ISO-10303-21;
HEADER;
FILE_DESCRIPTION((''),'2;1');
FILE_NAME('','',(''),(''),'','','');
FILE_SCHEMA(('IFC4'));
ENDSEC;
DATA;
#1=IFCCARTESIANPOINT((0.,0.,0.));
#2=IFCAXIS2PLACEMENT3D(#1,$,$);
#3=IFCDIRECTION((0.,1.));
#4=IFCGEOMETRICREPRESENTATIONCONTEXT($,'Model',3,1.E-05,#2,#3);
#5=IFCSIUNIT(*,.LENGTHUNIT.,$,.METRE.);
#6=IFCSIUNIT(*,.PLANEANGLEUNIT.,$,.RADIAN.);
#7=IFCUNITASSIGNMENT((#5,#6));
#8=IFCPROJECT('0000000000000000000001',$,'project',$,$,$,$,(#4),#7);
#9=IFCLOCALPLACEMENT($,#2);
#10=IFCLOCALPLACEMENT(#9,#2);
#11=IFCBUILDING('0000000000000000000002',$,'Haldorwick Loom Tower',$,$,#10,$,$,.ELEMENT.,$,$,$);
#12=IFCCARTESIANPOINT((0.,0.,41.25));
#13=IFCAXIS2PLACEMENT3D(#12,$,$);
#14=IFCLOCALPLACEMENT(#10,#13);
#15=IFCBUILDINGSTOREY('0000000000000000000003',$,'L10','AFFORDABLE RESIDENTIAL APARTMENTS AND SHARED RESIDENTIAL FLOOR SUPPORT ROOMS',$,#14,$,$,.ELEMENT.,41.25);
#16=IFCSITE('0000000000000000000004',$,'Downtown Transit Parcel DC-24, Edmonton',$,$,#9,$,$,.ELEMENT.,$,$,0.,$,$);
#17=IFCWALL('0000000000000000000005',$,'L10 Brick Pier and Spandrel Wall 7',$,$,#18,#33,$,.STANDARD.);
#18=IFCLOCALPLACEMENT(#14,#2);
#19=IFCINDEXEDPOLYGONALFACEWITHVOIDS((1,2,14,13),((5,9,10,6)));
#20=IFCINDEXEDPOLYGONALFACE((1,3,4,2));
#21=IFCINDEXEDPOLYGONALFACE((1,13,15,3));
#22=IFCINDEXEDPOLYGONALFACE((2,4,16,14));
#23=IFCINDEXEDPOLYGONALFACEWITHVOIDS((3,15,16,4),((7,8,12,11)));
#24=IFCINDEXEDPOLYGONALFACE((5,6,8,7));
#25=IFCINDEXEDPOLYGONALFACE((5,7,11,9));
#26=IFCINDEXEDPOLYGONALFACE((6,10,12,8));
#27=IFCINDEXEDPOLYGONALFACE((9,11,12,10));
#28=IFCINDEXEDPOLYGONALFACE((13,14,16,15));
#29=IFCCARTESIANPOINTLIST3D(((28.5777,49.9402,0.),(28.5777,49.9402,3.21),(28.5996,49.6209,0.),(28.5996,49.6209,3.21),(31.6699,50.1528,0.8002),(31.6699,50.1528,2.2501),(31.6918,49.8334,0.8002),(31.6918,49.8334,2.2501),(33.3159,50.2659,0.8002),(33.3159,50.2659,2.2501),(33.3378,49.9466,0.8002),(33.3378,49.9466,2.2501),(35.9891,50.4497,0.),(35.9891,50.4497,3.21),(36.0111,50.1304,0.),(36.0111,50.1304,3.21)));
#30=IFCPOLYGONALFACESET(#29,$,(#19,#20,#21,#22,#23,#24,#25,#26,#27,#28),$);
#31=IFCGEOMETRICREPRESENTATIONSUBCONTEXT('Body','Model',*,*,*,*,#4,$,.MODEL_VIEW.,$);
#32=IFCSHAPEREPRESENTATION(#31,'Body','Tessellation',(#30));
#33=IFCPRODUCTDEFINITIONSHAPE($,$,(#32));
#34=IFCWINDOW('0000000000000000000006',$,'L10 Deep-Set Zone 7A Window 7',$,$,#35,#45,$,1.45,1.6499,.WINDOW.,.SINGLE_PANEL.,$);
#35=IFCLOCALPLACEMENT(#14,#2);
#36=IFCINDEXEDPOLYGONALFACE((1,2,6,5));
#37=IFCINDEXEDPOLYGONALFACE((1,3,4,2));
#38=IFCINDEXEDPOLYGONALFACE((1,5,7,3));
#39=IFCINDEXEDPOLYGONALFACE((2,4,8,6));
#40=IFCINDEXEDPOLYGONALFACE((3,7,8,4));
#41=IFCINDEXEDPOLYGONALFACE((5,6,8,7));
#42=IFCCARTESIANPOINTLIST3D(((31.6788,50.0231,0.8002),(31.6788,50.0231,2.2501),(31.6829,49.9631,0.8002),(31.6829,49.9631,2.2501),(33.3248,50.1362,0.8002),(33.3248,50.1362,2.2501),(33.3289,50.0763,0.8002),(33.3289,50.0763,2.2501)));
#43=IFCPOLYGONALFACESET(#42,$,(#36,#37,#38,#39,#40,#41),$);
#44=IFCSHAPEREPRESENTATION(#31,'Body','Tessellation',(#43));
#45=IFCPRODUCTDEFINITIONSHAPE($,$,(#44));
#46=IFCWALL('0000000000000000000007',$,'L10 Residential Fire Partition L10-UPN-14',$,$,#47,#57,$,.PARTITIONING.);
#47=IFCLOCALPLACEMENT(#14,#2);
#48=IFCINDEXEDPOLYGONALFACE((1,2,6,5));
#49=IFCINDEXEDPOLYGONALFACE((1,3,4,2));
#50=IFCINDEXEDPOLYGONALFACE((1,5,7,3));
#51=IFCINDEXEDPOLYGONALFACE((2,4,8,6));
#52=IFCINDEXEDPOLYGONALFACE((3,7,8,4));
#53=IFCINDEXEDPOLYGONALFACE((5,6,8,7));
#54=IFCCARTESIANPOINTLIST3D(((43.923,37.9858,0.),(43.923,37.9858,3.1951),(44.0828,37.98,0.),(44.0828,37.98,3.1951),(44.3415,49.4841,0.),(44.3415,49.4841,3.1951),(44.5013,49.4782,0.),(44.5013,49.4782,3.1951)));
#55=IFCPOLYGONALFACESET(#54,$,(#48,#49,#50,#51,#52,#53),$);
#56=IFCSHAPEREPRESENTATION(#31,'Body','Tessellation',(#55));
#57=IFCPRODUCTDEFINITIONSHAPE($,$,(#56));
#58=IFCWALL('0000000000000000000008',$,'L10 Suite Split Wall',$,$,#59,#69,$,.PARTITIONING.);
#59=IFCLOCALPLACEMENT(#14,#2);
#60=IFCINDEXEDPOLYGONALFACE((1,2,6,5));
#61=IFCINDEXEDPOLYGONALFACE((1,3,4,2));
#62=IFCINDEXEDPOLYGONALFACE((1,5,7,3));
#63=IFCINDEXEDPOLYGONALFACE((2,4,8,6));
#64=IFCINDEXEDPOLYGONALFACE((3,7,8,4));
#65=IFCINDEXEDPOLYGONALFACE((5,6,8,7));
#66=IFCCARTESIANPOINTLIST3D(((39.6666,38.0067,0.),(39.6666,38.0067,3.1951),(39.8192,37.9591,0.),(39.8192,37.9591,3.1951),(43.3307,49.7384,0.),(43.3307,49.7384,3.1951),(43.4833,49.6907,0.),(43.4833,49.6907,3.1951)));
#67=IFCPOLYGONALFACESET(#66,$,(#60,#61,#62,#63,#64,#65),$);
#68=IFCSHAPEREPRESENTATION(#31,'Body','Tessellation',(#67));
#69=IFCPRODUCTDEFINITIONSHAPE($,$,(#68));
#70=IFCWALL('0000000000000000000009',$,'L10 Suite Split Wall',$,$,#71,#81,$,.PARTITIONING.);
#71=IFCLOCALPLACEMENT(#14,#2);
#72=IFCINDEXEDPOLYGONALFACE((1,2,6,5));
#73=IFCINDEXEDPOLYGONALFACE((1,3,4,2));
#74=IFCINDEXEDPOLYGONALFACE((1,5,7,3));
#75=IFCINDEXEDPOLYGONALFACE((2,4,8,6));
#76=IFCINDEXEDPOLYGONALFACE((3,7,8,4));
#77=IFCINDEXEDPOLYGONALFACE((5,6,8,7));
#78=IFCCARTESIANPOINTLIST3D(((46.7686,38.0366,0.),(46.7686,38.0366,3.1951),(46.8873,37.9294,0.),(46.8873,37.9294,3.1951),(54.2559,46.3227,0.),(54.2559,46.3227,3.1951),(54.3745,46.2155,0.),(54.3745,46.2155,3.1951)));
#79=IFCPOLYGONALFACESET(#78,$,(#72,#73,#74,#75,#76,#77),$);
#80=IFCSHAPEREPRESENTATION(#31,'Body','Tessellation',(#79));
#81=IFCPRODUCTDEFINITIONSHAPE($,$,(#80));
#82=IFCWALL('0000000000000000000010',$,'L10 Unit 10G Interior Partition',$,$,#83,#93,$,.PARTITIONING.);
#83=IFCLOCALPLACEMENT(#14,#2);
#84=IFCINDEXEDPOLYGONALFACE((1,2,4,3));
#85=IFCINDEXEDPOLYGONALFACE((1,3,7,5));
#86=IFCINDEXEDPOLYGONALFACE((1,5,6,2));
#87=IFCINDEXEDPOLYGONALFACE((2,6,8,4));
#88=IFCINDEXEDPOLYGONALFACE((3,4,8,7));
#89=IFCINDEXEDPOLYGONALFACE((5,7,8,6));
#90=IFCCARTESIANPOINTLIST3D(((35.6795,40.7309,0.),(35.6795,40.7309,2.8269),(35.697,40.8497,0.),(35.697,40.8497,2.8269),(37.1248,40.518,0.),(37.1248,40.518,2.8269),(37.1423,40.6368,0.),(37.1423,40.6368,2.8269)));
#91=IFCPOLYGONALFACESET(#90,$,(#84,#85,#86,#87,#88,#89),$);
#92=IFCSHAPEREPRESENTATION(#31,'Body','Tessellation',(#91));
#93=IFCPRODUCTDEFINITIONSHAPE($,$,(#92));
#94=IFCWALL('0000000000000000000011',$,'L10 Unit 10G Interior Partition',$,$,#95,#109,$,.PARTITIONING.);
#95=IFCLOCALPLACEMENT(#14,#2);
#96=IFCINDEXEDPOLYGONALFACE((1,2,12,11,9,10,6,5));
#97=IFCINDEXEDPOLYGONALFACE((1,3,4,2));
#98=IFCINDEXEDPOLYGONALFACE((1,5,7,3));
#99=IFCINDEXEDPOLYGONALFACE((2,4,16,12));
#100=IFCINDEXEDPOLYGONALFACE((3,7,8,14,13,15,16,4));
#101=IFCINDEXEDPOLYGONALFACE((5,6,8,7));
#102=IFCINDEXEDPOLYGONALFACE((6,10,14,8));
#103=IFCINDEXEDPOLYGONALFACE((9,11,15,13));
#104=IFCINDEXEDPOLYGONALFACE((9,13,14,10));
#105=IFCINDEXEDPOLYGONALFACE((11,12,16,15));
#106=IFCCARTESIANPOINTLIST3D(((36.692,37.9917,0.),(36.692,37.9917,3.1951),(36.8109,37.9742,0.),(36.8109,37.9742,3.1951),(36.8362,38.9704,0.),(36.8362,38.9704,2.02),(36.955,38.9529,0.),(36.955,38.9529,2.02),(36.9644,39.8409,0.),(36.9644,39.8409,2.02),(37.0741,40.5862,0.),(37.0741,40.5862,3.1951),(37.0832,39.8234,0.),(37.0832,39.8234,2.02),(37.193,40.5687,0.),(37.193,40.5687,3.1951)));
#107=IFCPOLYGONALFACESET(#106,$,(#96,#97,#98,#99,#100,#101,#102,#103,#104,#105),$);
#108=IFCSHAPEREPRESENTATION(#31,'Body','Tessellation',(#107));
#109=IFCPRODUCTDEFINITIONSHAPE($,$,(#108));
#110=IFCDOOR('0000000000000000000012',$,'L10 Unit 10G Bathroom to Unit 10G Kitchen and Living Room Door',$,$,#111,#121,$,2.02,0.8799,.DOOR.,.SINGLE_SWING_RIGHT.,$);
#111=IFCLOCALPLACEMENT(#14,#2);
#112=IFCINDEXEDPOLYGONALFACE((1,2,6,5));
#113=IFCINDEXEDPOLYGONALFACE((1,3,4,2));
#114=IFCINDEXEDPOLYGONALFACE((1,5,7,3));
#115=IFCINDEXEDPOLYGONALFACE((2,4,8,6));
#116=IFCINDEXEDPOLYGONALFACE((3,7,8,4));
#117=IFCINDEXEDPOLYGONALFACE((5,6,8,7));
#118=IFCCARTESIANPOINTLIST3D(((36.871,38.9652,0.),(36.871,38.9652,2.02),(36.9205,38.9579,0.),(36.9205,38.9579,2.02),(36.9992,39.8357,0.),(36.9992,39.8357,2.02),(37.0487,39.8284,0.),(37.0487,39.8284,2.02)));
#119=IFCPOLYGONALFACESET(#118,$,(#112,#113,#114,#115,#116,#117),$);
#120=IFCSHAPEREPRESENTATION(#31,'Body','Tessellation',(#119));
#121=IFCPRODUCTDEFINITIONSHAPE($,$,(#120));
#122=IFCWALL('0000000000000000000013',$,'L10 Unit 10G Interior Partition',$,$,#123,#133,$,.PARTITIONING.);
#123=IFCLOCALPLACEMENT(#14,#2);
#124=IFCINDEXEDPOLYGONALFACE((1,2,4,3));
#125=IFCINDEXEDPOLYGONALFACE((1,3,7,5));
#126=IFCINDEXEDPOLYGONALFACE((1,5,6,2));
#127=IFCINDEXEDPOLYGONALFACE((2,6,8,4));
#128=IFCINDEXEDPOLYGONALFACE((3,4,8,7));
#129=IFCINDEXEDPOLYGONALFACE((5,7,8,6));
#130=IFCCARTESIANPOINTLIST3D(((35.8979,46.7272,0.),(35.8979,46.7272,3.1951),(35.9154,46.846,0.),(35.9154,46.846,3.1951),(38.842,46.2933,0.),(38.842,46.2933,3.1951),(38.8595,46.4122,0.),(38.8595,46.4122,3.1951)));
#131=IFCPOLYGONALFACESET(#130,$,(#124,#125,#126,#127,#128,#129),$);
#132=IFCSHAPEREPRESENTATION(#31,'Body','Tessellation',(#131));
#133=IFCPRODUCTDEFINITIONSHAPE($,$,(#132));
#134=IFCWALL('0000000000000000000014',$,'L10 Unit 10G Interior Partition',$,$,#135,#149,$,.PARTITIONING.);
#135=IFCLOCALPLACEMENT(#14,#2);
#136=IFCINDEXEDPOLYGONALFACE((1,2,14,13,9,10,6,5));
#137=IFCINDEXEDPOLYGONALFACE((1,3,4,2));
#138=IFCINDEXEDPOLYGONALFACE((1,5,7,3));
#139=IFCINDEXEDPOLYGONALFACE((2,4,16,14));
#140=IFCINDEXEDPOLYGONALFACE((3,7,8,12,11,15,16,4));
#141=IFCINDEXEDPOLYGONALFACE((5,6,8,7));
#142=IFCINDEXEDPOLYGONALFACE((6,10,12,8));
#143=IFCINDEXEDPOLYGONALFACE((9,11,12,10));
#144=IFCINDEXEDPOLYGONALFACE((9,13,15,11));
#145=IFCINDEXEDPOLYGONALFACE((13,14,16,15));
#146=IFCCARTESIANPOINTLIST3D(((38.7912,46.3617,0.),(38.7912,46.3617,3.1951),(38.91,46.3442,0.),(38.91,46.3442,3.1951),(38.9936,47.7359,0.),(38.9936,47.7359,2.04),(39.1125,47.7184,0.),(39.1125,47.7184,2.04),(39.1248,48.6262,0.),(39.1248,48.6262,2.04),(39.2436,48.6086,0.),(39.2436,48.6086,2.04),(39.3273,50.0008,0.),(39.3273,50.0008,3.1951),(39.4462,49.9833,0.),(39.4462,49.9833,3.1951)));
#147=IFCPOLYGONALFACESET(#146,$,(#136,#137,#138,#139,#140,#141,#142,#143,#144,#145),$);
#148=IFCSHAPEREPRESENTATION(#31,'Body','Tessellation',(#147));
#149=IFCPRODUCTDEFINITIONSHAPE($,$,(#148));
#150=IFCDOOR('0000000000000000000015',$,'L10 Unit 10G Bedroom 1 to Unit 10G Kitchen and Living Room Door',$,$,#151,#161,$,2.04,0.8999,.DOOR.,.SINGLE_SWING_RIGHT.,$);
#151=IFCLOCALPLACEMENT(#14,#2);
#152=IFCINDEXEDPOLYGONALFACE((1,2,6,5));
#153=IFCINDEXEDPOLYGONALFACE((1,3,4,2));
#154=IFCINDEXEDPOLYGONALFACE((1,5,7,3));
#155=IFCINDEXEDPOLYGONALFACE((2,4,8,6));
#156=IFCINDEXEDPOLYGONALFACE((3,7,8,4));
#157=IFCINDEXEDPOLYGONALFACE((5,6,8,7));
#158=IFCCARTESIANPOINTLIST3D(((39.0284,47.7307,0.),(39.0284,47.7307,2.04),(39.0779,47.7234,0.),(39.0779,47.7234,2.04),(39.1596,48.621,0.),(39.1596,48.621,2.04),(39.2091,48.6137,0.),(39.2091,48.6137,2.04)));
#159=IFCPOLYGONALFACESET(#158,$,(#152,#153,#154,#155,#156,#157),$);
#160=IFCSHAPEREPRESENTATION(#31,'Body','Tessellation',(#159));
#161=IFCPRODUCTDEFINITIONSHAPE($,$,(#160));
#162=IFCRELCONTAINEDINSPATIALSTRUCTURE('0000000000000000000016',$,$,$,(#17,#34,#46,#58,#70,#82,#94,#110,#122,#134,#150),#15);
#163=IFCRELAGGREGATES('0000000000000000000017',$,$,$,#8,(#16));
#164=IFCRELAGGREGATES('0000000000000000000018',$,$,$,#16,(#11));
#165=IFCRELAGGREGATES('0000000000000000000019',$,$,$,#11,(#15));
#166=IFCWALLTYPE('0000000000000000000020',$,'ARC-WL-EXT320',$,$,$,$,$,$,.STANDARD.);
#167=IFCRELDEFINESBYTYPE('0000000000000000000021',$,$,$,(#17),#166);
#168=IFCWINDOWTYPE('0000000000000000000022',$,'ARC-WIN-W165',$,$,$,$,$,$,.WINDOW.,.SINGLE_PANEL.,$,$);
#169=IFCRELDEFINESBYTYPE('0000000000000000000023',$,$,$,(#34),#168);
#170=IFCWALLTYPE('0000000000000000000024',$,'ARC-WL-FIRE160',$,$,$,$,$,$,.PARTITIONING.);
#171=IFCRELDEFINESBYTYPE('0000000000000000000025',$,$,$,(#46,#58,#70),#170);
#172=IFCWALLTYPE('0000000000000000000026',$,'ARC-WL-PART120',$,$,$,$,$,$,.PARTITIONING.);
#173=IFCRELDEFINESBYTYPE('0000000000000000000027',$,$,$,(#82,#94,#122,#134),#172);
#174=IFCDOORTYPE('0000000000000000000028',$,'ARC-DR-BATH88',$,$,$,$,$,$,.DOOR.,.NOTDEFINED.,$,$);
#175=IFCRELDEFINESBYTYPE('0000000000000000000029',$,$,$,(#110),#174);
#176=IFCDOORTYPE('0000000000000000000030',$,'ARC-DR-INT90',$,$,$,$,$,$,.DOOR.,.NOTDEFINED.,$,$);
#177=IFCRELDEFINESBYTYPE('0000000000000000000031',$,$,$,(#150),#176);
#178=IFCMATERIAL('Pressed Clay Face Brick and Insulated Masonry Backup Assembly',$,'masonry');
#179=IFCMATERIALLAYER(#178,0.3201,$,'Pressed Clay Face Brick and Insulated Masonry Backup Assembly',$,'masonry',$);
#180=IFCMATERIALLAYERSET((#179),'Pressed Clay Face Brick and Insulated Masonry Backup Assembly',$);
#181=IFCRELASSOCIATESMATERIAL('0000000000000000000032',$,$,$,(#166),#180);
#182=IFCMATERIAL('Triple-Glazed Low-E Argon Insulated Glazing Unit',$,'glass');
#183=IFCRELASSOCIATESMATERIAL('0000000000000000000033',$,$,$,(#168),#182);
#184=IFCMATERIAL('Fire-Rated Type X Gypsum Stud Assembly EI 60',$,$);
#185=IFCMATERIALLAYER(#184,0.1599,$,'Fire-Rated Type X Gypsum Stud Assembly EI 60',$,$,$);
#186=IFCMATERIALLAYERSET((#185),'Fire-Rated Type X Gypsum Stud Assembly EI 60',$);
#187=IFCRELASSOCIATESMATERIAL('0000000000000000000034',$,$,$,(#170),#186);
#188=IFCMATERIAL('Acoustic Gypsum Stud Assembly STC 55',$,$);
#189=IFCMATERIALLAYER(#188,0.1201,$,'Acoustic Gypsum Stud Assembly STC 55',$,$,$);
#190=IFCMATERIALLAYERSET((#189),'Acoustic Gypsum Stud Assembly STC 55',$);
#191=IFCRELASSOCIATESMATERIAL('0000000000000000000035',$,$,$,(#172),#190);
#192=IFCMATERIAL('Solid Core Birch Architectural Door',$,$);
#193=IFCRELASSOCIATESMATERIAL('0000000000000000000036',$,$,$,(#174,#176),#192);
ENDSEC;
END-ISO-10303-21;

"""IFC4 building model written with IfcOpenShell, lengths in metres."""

from ifc_helpers import new_model, si_unit, direction, frame, frame_2d, origin, place, context, subcontext, project, spatial, rectangle, extrude, material, layer, layer_set, type_object, element, fill, save


model = new_model("IFC4")

# Units and contexts
model_context = context("Model", 3, precision=1e-05, world=origin(), true_north=direction((0.0, 1.0)))
body_context = subcontext(model_context, "Body", "Model", "MODEL_VIEW")
ifc_project = project(units=[si_unit("LENGTHUNIT", "METRE"), si_unit("PLANEANGLEUNIT", "RADIAN")], contexts=[model_context])

# Site, building, storey
site_placement = place(None, origin())
site = spatial("IfcSite", under=ifc_project, at=site_placement, Name="Downtown Transit Parcel DC-24, Edmonton", CompositionType="ELEMENT", RefElevation=0.0)
building_placement = place(site_placement, origin())
building = spatial("IfcBuilding", under=site, at=building_placement, Name="Haldorwick Loom Tower", CompositionType="ELEMENT")
storey_placement = place(building_placement, frame((0.0, 0.0, 41.25)))
storey = spatial("IfcBuildingStorey", under=building, at=storey_placement, Name="L10", Description="AFFORDABLE RESIDENTIAL APARTMENTS AND SHARED RESIDENTIAL FLOOR SUPPORT ROOMS", CompositionType="ELEMENT", Elevation=41.25)

# Wall, opening, window
ifc_material_1 = material(Name="Pressed Clay Face Brick and Insulated Masonry Backup Assembly", Category="masonry")
ifc_layer_1 = layer(ifc_material_1, 0.3201, Name="Pressed Clay Face Brick and Insulated Masonry Backup Assembly", Category="masonry")
ifc_layer_set_1 = layer_set([ifc_layer_1], Name="Pressed Clay Face Brick and Insulated Masonry Backup Assembly")
wall_type_1 = type_object("IfcWallType", Name="ARC-WL-EXT320", PredefinedType="STANDARD", material=ifc_layer_set_1)
ifc_material_2 = material(Name="Triple-Glazed Low-E Argon Insulated Glazing Unit", Category="glass")
window_type = type_object("IfcWindowType", Name="ARC-WIN-W165", PartitioningType="SINGLE_PANEL", PredefinedType="WINDOW", material=ifc_material_2)
wall_1_placement = place(storey_placement, frame((36.0, 50.29, 0.0), z_axis=(0.0, 0.0, 1.0), x_axis=(-0.997645, -0.068587, 0.0)))
wall_1 = element("IfcWall", 1, at=wall_1_placement, inside=storey, type_object=wall_type_1, Name="L10 Brick Pier and Spandrel Wall 7", PredefinedType="STANDARD", context=body_context, shape_type="SweptSolid", body=[
    extrude(rectangle(XDim=7.429, YDim=0.3201, at=frame_2d((3.7144, 0.0))), origin(), (0.0, 0.0, 1.0), 3.21),
])
opening_1_placement = place(wall_1_placement, frame((2.6794, 0.0, 0.8)))
opening_1 = element("IfcOpeningElement", 2, at=opening_1_placement, cuts=wall_1, PredefinedType="OPENING", context=body_context, shape_type="SweptSolid", body=[
    extrude(rectangle(XDim=1.6499, YDim=1.45, at=frame_2d((0.825, 0.7251))), frame((0.0, 0.1699, 0.0), z_axis=(0.0, -1.0, 0.0), x_axis=(1.0, 0.0, 0.0)), (0.0, 0.0, 1.0), 0.3401),
])
window_1_placement = place(opening_1_placement, origin())
window_1 = element("IfcWindow", 3, at=window_1_placement, inside=storey, type_object=window_type, Name="L10 Deep-Set Zone 7A Window 7", OverallHeight=1.45, OverallWidth=1.6499, PartitioningType="SINGLE_PANEL", PredefinedType="WINDOW", context=body_context, shape_type="SweptSolid", body=[
    extrude(rectangle(XDim=1.6499, YDim=1.45, at=frame_2d((0.825, 0.7251))), frame((0.0, 0.03, 0.0), z_axis=(0.0, -1.0, 0.0), x_axis=(1.0, 0.0, 0.0)), (0.0, 0.0, 1.0), 0.0601),
])
fill(opening_1, window_1)

# Walls
ifc_material_3 = material(Name="Fire-Rated Type X Gypsum Stud Assembly EI 60")
ifc_layer_2 = layer(ifc_material_3, 0.1599, Name="Fire-Rated Type X Gypsum Stud Assembly EI 60")
ifc_layer_set_2 = layer_set([ifc_layer_2], Name="Fire-Rated Type X Gypsum Stud Assembly EI 60")
wall_type_2 = type_object("IfcWallType", Name="ARC-WL-FIRE160", PredefinedType="PARTITIONING", material=ifc_layer_set_2)
wall_2_placement = place(storey_placement, frame((44.0029, 37.9829, 0.0), z_axis=(0.0, 0.0, 1.0), x_axis=(0.036369, 0.999338, 0.0)))
element("IfcWall", 4, at=wall_2_placement, inside=storey, type_object=wall_type_2, Name="L10 Residential Fire Partition L10-UPN-14", PredefinedType="PARTITIONING", context=body_context, shape_type="SweptSolid", body=[
    extrude(rectangle(XDim=11.5059, YDim=0.1599, at=frame_2d((5.7529, 0.0))), origin(), (0.0, 0.0, 1.0), 3.1951),
])
wall_3_placement = place(storey_placement, frame((39.7429, 37.9829, 0.0), z_axis=(0.0, 0.0, 1.0), x_axis=(0.29812, 0.954528, 0.0)))
element("IfcWall", 5, at=wall_3_placement, inside=storey, type_object=wall_type_2, Name="L10 Suite Split Wall", PredefinedType="PARTITIONING", context=body_context, shape_type="SweptSolid", body=[
    extrude(rectangle(XDim=12.2905, YDim=0.1599, at=frame_2d((6.1453, 0.0))), origin(), (0.0, 0.0, 1.0), 3.1951),
])
wall_4_placement = place(storey_placement, frame((46.8279, 37.9829, 0.0), z_axis=(0.0, 0.0, 1.0), x_axis=(0.670437, 0.741967, 0.0)))
element("IfcWall", 6, at=wall_4_placement, inside=storey, type_object=wall_type_2, Name="L10 Suite Split Wall", PredefinedType="PARTITIONING", context=body_context, shape_type="SweptSolid", body=[
    extrude(rectangle(XDim=11.1677, YDim=0.1599, at=frame_2d((5.584, 0.0))), origin(), (0.0, 0.0, 1.0), 3.1951),
])
ifc_material_4 = material(Name="Acoustic Gypsum Stud Assembly STC 55")
ifc_layer_3 = layer(ifc_material_4, 0.1201, Name="Acoustic Gypsum Stud Assembly STC 55")
ifc_layer_set_3 = layer_set([ifc_layer_3], Name="Acoustic Gypsum Stud Assembly STC 55")
wall_type_3 = type_object("IfcWallType", Name="ARC-WL-PART120", PredefinedType="PARTITIONING", material=ifc_layer_set_3)
wall_5_placement = place(storey_placement, frame((37.1335, 40.5774, 0.0), z_axis=(0.0, 0.0, 1.0), x_axis=(-0.989325, 0.145725, 0.0)))
element("IfcWall", 7, at=wall_5_placement, inside=storey, type_object=wall_type_3, Name="L10 Unit 10G Interior Partition", PredefinedType="PARTITIONING", context=body_context, shape_type="SweptSolid", body=[
    extrude(rectangle(XDim=1.4609, YDim=0.1201, at=frame_2d((0.7305, 0.0))), origin(), (0.0, 0.0, 1.0), 2.8269),
])

# Wall, opening, door
wall_6_placement = place(storey_placement, frame((36.7515, 37.9829, 0.0), z_axis=(0.0, 0.0, 1.0), x_axis=(0.145695, 0.98933, 0.0)))
wall_6 = element("IfcWall", 8, at=wall_6_placement, inside=storey, type_object=wall_type_3, Name="L10 Unit 10G Interior Partition", PredefinedType="PARTITIONING", context=body_context, shape_type="SweptSolid", body=[
    extrude(rectangle(XDim=2.6226, YDim=0.1201, at=frame_2d((1.3113, 0.0))), origin(), (0.0, 0.0, 1.0), 3.1951),
])
opening_2_placement = place(wall_6_placement, frame((0.9893, 0.0, 0.0)))
opening_2 = element("IfcOpeningElement", 9, at=opening_2_placement, cuts=wall_6, PredefinedType="OPENING", context=body_context, shape_type="SweptSolid", body=[
    extrude(rectangle(XDim=0.8799, YDim=2.02, at=frame_2d((0.4399, 1.01))), frame((0.0, 0.0701, 0.0), z_axis=(0.0, -1.0, 0.0), x_axis=(1.0, 0.0, 0.0)), (0.0, 0.0, 1.0), 0.1401),
])
ifc_material_5 = material(Name="Solid Core Birch Architectural Door")
door_type_1 = type_object("IfcDoorType", Name="ARC-DR-BATH88", OperationType="NOTDEFINED", PredefinedType="DOOR", material=ifc_material_5)
door_1_placement = place(opening_2_placement, origin())
door_1 = element("IfcDoor", 10, at=door_1_placement, inside=storey, type_object=door_type_1, Name="L10 Unit 10G Bathroom to Unit 10G Kitchen and Living Room Door", OperationType="SINGLE_SWING_RIGHT", OverallHeight=2.02, OverallWidth=0.8799, PredefinedType="DOOR", context=body_context, shape_type="SweptSolid", body=[
    extrude(rectangle(XDim=0.8799, YDim=2.02, at=frame_2d((0.4399, 1.01))), frame((0.0, 0.0249, 0.0), z_axis=(0.0, -1.0, 0.0), x_axis=(1.0, 0.0, 0.0)), (0.0, 0.0, 1.0), 0.05),
])
fill(opening_2, door_1)

# Wall
wall_7_placement = place(storey_placement, frame((38.8506, 46.3528, 0.0), z_axis=(0.0, 0.0, 1.0), x_axis=(-0.989316, 0.145784, 0.0)))
element("IfcWall", 11, at=wall_7_placement, inside=storey, type_object=wall_type_3, Name="L10 Unit 10G Interior Partition", PredefinedType="PARTITIONING", context=body_context, shape_type="SweptSolid", body=[
    extrude(rectangle(XDim=2.9758, YDim=0.1201, at=frame_2d((1.4878, 0.0))), origin(), (0.0, 0.0, 1.0), 3.1951),
])

# Wall, opening, door
wall_8_placement = place(storey_placement, frame((38.8506, 46.3528, 0.0), z_axis=(0.0, 0.0, 1.0), x_axis=(0.14575, 0.989321, 0.0)))
wall_8 = element("IfcWall", 12, at=wall_8_placement, inside=storey, type_object=wall_type_3, Name="L10 Unit 10G Interior Partition", PredefinedType="PARTITIONING", context=body_context, shape_type="SweptSolid", body=[
    extrude(rectangle(XDim=3.6785, YDim=0.1201, at=frame_2d((1.8394, 0.0))), origin(), (0.0, 0.0, 1.0), 3.1951),
])
opening_3_placement = place(wall_8_placement, frame((1.3892, 0.0, 0.0)))
opening_3 = element("IfcOpeningElement", 13, at=opening_3_placement, cuts=wall_8, PredefinedType="OPENING", context=body_context, shape_type="SweptSolid", body=[
    extrude(rectangle(XDim=0.8999, YDim=2.04, at=frame_2d((0.45, 1.02))), frame((0.0, 0.0701, 0.0), z_axis=(0.0, -1.0, 0.0), x_axis=(1.0, 0.0, 0.0)), (0.0, 0.0, 1.0), 0.1401),
])
door_type_2 = type_object("IfcDoorType", Name="ARC-DR-INT90", OperationType="NOTDEFINED", PredefinedType="DOOR", material=ifc_material_5)
door_2_placement = place(opening_3_placement, origin())
door_2 = element("IfcDoor", 14, at=door_2_placement, inside=storey, type_object=door_type_2, Name="L10 Unit 10G Bedroom 1 to Unit 10G Kitchen and Living Room Door", OperationType="SINGLE_SWING_RIGHT", OverallHeight=2.04, OverallWidth=0.8999, PredefinedType="DOOR", context=body_context, shape_type="SweptSolid", body=[
    extrude(rectangle(XDim=0.8999, YDim=2.04, at=frame_2d((0.45, 1.02))), frame((0.0, 0.0249, 0.0), z_axis=(0.0, -1.0, 0.0), x_axis=(1.0, 0.0, 0.0)), (0.0, 0.0, 1.0), 0.05),
])
fill(opening_3, door_2)

save(model, "model.ifc")
